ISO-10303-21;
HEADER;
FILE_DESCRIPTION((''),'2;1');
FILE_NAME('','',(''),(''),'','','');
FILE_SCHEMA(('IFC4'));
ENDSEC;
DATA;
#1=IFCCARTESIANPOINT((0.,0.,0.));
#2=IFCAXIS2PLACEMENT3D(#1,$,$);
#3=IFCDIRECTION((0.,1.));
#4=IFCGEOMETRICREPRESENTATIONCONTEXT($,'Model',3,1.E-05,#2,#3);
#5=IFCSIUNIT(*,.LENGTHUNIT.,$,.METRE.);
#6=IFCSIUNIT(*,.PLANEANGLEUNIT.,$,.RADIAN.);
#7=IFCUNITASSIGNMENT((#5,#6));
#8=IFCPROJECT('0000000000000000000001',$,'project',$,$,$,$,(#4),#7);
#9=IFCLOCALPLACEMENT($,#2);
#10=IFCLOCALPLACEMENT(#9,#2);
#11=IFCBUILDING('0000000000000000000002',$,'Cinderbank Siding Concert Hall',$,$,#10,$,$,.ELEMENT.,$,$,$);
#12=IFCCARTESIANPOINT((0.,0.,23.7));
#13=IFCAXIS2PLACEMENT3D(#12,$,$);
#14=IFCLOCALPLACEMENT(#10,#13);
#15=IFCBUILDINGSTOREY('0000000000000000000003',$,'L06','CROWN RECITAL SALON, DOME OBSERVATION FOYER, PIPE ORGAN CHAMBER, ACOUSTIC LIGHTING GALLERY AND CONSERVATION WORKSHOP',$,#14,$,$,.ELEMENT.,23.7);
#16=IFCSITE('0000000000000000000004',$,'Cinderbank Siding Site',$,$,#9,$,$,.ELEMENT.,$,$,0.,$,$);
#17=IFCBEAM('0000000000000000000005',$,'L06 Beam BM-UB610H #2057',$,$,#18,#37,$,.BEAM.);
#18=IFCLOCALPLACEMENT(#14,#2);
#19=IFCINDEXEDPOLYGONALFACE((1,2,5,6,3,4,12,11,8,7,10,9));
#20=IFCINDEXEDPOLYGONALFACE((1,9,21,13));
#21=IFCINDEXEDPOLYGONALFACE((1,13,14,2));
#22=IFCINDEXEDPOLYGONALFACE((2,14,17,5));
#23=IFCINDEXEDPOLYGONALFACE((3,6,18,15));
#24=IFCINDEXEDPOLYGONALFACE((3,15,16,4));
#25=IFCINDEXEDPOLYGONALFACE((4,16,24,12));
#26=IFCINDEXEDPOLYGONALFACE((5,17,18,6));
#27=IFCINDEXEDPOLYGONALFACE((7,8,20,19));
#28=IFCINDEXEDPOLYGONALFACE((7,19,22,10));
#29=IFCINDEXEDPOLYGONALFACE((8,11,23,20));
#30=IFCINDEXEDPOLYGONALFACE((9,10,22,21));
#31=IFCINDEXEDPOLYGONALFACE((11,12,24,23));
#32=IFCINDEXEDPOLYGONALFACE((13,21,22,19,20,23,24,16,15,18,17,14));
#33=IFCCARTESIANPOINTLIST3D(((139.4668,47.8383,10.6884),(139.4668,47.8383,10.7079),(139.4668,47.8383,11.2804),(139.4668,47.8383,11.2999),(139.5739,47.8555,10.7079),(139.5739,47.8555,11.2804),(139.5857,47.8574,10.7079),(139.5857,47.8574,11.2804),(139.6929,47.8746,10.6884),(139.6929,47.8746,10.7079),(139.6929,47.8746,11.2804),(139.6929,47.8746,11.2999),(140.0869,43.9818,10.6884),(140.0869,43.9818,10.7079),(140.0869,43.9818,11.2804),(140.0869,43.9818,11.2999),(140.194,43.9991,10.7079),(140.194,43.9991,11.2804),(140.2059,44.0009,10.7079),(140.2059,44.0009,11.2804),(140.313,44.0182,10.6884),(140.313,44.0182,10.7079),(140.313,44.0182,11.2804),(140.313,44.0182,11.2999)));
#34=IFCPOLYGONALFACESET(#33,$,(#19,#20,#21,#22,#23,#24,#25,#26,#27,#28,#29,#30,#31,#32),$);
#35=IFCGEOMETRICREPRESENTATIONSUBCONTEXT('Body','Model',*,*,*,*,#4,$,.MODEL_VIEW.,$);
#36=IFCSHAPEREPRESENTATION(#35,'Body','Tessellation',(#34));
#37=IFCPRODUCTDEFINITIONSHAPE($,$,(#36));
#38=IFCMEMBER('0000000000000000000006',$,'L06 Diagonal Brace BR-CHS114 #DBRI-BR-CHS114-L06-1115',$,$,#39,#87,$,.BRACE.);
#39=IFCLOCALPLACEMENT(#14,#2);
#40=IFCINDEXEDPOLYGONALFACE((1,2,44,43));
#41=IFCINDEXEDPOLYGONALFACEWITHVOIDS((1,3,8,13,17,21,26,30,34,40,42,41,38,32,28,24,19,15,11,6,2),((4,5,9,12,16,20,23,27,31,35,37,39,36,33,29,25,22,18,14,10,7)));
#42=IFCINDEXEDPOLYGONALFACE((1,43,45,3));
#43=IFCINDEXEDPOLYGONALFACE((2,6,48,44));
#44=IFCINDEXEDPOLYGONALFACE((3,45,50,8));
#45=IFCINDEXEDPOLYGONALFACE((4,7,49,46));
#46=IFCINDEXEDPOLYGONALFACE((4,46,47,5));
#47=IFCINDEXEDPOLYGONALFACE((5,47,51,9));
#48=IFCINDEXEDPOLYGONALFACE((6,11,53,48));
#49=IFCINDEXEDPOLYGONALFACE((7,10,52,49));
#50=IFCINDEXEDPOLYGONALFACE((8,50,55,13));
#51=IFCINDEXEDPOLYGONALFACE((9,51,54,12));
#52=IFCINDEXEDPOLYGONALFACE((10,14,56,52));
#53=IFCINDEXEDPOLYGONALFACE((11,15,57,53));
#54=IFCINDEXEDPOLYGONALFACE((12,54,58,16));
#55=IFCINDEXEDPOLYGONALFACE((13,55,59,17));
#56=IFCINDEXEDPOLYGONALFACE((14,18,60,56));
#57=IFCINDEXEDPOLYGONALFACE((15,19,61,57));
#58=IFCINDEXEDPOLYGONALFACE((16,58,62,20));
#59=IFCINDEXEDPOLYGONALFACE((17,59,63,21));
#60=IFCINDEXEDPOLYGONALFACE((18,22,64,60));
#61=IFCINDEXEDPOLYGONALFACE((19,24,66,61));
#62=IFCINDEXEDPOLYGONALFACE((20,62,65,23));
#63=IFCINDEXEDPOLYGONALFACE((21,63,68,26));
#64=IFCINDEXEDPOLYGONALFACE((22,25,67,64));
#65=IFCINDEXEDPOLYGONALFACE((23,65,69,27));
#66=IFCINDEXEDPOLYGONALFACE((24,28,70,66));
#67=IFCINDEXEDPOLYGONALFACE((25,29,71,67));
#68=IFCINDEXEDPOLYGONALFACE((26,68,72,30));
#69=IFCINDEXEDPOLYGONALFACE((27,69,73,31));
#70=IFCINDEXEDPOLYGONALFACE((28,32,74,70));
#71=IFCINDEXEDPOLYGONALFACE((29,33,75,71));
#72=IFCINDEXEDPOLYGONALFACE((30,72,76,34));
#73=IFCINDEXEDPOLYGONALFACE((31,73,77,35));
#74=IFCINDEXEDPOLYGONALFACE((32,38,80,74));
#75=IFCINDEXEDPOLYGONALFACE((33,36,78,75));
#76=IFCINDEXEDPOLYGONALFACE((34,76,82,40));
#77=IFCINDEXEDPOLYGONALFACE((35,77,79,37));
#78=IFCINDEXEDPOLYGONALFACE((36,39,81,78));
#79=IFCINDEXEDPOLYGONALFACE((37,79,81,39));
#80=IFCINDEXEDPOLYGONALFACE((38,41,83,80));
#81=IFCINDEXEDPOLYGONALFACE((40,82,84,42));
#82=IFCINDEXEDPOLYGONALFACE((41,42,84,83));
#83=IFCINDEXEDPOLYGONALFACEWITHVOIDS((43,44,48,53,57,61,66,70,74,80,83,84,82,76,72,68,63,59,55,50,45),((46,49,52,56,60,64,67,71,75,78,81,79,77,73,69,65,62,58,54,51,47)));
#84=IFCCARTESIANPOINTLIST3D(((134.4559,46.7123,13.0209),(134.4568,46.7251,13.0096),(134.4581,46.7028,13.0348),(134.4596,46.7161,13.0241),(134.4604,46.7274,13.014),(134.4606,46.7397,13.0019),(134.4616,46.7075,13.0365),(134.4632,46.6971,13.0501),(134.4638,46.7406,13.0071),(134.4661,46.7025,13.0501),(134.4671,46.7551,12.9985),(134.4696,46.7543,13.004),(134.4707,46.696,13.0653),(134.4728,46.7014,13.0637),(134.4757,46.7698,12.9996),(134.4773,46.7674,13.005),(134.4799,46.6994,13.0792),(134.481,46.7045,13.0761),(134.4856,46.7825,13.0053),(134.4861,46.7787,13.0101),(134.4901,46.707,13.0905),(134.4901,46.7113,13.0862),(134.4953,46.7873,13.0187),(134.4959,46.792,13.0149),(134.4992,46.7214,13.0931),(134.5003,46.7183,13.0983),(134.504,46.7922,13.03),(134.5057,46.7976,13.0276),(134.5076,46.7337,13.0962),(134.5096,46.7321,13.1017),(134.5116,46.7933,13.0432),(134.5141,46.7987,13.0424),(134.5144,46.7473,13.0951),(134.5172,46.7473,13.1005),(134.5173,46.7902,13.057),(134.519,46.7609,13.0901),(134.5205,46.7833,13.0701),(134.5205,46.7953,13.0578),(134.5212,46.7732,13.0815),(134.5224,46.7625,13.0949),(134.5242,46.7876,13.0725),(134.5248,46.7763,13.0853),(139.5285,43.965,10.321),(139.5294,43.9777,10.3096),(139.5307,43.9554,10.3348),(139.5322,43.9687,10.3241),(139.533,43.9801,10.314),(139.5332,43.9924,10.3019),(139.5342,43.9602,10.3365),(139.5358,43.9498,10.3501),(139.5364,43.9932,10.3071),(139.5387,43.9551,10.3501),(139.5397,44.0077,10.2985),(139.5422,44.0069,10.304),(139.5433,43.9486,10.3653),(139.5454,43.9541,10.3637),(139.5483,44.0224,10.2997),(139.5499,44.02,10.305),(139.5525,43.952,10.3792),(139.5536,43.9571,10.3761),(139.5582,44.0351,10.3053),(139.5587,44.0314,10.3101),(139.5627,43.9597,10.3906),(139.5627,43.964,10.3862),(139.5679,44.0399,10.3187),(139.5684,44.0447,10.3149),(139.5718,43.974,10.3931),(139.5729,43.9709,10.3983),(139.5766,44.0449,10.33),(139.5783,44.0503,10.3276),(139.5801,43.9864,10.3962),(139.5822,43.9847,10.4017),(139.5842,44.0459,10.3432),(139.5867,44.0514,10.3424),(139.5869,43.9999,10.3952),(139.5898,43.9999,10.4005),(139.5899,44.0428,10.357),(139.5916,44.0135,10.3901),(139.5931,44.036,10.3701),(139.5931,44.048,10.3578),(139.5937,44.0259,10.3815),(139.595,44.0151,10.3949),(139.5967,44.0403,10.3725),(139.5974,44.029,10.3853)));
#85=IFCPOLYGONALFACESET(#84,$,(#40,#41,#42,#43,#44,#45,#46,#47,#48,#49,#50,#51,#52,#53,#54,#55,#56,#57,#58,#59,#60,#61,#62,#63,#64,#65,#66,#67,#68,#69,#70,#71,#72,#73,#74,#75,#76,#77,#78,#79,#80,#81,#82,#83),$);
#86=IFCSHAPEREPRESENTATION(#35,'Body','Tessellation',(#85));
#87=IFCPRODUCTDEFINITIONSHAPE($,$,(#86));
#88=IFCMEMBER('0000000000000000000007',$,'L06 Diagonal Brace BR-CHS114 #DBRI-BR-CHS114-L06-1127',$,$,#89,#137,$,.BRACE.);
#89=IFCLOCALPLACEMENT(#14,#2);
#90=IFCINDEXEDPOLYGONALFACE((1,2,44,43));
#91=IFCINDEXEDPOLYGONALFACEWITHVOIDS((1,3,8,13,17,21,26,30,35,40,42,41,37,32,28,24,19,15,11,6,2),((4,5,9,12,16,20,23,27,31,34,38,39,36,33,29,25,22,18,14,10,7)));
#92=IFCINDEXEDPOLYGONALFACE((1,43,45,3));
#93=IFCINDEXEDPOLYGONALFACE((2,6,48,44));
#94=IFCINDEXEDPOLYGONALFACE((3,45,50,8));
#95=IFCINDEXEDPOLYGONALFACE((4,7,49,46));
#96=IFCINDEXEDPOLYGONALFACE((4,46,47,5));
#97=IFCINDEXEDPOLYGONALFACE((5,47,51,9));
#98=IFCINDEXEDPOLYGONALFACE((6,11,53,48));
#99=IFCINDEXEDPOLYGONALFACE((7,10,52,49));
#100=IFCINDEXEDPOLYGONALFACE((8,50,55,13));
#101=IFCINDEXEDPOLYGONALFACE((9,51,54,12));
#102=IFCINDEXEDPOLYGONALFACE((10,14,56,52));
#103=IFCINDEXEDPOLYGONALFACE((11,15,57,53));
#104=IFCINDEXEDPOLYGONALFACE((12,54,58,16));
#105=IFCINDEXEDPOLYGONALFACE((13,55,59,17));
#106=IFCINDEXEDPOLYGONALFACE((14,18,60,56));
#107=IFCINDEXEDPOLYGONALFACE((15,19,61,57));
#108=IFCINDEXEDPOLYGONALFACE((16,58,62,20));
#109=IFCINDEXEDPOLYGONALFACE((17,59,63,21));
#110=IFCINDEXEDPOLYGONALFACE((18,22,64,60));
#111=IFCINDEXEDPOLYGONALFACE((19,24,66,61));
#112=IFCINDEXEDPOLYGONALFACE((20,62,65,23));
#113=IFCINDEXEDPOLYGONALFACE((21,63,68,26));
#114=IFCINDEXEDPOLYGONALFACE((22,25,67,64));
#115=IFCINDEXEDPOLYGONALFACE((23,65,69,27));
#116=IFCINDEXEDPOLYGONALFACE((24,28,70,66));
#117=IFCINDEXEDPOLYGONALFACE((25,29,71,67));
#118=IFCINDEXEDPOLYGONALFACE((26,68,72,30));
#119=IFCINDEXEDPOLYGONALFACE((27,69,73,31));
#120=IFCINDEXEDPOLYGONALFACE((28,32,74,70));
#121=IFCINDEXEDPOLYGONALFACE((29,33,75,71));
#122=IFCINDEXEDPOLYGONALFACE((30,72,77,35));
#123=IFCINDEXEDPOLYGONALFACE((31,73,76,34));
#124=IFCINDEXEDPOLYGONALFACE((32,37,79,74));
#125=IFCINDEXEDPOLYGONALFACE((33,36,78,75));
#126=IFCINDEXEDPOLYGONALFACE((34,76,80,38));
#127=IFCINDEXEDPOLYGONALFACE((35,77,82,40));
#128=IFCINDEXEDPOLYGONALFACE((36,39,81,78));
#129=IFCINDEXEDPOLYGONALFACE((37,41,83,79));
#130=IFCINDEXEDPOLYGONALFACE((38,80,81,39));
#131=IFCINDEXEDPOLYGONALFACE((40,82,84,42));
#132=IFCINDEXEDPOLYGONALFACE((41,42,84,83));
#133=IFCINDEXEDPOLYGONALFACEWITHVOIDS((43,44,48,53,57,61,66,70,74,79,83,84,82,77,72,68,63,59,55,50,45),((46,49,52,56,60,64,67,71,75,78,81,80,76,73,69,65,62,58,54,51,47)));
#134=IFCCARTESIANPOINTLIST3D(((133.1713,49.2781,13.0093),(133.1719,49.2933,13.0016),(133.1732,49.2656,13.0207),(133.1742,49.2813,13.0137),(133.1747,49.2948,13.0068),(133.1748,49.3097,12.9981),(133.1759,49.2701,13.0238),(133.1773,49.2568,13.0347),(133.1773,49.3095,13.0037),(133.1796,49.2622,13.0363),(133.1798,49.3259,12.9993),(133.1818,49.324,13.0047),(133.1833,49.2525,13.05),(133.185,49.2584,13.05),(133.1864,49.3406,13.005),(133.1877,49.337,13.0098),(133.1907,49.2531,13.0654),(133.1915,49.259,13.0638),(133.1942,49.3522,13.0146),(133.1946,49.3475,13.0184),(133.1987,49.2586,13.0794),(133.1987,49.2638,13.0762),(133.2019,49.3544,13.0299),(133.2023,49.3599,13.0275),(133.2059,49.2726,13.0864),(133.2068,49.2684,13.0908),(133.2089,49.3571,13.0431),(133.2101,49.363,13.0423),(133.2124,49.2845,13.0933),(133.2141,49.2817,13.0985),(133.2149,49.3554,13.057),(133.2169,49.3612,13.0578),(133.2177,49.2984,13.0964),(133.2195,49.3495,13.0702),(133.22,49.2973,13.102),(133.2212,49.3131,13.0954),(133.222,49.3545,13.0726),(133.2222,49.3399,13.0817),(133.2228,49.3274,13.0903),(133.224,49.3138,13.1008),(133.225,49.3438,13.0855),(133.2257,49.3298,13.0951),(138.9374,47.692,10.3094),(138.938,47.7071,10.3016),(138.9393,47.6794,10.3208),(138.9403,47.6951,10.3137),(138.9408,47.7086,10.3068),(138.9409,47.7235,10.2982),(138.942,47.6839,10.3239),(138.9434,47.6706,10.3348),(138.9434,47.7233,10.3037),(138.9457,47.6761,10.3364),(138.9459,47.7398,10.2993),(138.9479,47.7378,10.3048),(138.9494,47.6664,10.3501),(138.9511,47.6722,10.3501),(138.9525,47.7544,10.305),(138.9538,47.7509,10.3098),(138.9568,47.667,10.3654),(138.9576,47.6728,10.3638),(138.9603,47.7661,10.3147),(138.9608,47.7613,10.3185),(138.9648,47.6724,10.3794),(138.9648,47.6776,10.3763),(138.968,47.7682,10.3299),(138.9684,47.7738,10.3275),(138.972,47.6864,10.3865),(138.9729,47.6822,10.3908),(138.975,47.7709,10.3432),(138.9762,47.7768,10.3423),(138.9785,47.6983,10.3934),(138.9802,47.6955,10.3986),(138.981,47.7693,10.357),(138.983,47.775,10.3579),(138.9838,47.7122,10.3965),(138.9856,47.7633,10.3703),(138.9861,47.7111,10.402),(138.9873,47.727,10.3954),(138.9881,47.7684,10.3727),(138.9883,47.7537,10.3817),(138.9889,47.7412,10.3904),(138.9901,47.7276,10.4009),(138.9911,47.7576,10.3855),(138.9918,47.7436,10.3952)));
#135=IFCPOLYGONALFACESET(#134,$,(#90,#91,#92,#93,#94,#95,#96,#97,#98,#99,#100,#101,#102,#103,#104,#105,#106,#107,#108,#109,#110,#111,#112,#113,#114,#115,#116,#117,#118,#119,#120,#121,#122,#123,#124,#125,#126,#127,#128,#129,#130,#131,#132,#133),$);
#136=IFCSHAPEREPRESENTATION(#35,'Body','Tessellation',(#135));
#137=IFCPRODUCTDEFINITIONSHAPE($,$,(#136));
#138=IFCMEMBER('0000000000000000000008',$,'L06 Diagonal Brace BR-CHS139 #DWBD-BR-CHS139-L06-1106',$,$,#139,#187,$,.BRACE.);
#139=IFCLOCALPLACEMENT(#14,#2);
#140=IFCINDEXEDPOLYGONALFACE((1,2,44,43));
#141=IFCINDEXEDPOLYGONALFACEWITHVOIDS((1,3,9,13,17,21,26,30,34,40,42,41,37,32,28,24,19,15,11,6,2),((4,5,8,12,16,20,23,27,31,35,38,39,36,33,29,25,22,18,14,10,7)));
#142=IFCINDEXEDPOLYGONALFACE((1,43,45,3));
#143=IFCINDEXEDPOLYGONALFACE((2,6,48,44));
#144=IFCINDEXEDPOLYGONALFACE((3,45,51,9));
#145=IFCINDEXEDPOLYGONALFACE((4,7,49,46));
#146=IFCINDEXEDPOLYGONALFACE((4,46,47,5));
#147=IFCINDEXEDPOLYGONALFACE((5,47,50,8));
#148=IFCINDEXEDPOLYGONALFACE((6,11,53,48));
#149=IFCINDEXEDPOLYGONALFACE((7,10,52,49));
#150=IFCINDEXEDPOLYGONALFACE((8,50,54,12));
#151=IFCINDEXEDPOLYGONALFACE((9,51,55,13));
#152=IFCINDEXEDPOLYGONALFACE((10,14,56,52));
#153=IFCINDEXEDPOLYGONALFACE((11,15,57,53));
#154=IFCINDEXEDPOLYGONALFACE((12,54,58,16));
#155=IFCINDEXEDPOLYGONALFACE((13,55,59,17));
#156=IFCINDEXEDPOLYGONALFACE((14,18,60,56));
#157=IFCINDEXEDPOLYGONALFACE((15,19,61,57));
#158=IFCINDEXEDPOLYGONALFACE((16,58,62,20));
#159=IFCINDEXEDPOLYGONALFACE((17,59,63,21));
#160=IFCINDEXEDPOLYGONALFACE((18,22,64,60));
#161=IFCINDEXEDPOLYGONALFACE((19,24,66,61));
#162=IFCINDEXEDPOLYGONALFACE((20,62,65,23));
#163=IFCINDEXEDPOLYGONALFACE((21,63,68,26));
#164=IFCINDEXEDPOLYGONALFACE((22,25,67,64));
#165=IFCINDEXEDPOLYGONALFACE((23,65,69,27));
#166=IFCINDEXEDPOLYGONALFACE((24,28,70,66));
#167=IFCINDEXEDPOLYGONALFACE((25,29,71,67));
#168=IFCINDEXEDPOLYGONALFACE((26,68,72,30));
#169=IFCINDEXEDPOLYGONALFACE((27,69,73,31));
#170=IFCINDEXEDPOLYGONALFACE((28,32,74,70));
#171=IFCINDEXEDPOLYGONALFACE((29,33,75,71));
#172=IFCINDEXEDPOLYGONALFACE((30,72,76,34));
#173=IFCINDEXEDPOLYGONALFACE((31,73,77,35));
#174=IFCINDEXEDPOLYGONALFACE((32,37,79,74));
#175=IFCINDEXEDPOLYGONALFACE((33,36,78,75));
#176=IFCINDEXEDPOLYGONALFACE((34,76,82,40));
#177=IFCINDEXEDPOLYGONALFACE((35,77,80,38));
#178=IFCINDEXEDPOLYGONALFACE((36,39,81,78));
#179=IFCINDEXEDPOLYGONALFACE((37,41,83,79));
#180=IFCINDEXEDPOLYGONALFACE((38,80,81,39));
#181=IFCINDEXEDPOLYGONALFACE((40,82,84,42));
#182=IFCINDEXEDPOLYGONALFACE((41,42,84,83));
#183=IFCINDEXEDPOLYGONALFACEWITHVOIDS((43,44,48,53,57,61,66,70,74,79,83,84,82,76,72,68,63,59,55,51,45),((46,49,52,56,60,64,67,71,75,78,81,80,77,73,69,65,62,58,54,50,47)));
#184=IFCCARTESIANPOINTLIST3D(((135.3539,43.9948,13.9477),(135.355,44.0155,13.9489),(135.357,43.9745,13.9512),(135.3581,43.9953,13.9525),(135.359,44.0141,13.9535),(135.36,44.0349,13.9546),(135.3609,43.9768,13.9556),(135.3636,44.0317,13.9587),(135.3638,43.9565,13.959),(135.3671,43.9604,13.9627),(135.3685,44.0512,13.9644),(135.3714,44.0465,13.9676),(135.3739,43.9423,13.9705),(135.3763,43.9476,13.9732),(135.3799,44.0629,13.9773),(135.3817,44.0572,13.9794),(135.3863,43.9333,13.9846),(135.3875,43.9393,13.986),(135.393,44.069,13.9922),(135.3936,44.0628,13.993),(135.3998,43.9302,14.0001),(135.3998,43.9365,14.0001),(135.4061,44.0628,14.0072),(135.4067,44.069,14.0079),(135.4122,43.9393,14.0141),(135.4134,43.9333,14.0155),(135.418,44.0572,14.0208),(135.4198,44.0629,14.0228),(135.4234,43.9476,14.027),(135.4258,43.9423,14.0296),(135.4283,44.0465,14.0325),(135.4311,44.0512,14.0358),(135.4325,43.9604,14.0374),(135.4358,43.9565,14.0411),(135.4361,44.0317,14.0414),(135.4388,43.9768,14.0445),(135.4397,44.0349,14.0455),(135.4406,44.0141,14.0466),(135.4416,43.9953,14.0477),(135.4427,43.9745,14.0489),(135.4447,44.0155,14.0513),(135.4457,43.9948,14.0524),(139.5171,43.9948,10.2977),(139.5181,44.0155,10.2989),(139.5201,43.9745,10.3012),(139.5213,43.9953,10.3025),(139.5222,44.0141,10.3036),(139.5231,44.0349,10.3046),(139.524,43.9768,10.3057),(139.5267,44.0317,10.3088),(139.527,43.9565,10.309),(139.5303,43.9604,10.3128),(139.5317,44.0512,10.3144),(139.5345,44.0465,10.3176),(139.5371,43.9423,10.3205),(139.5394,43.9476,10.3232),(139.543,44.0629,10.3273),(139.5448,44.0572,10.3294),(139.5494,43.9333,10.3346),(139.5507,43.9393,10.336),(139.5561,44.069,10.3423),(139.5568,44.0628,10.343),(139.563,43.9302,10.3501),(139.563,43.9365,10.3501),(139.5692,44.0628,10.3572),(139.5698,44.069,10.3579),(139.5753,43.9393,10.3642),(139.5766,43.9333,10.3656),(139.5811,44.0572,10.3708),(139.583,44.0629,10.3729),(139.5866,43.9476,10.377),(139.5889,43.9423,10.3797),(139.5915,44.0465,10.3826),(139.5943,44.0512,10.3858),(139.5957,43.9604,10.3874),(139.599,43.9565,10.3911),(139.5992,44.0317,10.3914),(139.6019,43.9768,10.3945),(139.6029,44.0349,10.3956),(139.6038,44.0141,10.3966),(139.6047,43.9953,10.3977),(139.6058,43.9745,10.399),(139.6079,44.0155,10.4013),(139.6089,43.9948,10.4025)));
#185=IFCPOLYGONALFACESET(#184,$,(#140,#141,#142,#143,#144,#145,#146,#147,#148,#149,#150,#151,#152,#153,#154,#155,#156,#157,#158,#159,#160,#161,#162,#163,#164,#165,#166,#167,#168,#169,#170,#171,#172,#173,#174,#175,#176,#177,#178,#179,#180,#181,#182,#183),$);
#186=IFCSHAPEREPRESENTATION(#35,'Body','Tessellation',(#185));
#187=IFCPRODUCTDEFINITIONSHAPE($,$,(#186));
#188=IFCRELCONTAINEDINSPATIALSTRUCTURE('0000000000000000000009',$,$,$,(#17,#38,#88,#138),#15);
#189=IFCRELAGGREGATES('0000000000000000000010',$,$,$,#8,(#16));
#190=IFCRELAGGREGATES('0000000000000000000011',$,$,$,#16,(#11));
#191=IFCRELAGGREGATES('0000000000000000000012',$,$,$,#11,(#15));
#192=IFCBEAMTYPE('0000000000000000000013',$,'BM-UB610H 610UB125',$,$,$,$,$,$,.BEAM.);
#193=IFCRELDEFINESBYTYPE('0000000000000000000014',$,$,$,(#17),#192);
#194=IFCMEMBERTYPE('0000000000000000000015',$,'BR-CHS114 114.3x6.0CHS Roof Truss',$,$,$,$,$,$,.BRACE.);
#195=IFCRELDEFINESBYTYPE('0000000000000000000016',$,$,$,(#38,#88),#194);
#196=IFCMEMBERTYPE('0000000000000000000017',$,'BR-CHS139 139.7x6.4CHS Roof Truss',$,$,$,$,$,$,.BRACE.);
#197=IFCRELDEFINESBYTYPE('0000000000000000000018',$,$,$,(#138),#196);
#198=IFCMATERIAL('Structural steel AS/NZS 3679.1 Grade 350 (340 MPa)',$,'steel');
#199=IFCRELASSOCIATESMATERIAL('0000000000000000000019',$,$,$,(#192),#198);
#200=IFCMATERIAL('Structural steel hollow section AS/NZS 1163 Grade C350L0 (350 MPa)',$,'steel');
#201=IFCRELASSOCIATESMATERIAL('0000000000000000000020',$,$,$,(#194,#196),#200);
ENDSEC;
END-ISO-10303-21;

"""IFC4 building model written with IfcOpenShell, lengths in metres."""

from ifc_helpers import new_model, si_unit, direction, frame, origin, origin_2d, place, context, subcontext, project, spatial, hollow_circle, i_section, extrude, material, material_profile, profile_set, type_object, element, save


model = new_model("IFC4")

# Units and contexts
model_context = context("Model", 3, precision=1e-05, world=origin(), true_north=direction((0.0, 1.0)))
body_context = subcontext(model_context, "Body", "Model", "MODEL_VIEW")
ifc_project = project(units=[si_unit("LENGTHUNIT", "METRE"), si_unit("PLANEANGLEUNIT", "RADIAN")], contexts=[model_context])

# Site, building, storey
site_placement = place(None, origin())
site = spatial("IfcSite", under=ifc_project, at=site_placement, Name="Cinderbank Siding Site", CompositionType="ELEMENT", RefElevation=0.0)
building_placement = place(site_placement, origin())
building = spatial("IfcBuilding", under=site, at=building_placement, Name="Cinderbank Siding Concert Hall", CompositionType="ELEMENT")
storey_placement = place(building_placement, frame((0.0, 0.0, 23.7)))
storey = spatial("IfcBuildingStorey", under=building, at=storey_placement, Name="L06", Description="CROWN RECITAL SALON, DOME OBSERVATION FOYER, PIPE ORGAN CHAMBER, ACOUSTIC LIGHTING GALLERY AND CONSERVATION WORKSHOP", CompositionType="ELEMENT", Elevation=23.7)

# Beam
ifc_material_1 = material(Name="Structural steel AS/NZS 3679.1 Grade 350 (340 MPa)", Category="steel")
ifc_material_profile_1 = material_profile(ifc_material_1, i_section(OverallWidth=0.229, OverallDepth=0.6116, WebThickness=0.012, FlangeThickness=0.0195, at=origin_2d()), Name="610UB125", Category="LoadBearing")
ifc_profile_set_1 = profile_set([ifc_material_profile_1], Name="Structural steel AS/NZS 3679.1 Grade 350 (340 MPa)")
beam_type = type_object("IfcBeamType", Name="BM-UB610H 610UB125", PredefinedType="BEAM", material=ifc_profile_set_1)
beam_placement = place(storey_placement, frame((140.2, 44.0, 10.9941), z_axis=(-0.158761, 0.987317, 0.0), x_axis=(-0.987317, -0.158761, 0.0)))
element("IfcBeam", 1, at=beam_placement, inside=storey, type_object=beam_type, Name="L06 Beam BM-UB610H #2057", PredefinedType="BEAM", context=body_context, shape_type="SweptSolid", body=[
    extrude(i_section(OverallWidth=0.229, OverallDepth=0.6116, WebThickness=0.012, FlangeThickness=0.0195, at=origin_2d()), origin(), (0.0, 0.0, 1.0), 3.906),
])

# Members
ifc_material_2 = material(Name="Structural steel hollow section AS/NZS 1163 Grade C350L0 (350 MPa)", Category="steel")
ifc_material_profile_2 = material_profile(ifc_material_2, hollow_circle(Radius=0.0571, WallThickness=0.0061, at=origin_2d()), Name="114.3x6.0CHS", Category="LoadBearing")
ifc_profile_set_2 = profile_set([ifc_material_profile_2], Name="Structural steel hollow section AS/NZS 1163 Grade C350L0 (350 MPa)")
member_type_1 = type_object("IfcMemberType", Name="BR-CHS114 114.3x6.0CHS Roof Truss", PredefinedType="BRACE", material=ifc_profile_set_2)
member_1_placement = place(storey_placement, frame((139.563, 44.0, 10.3501), z_axis=(-0.796401, 0.431338, 0.423902), x_axis=(-0.476244, -0.879313, 0.0)))
element("IfcMember", 2, at=member_1_placement, inside=storey, type_object=member_type_1, Name="L06 Diagonal Brace BR-CHS114 #DBRI-BR-CHS114-L06-1115", PredefinedType="BRACE", context=body_context, shape_type="SweptSolid", body=[
    extrude(hollow_circle(Radius=0.0571, WallThickness=0.0061, at=origin_2d()), origin(), (0.0, 0.0, 1.0), 6.3694),
])
member_2_placement = place(storey_placement, frame((138.9646, 47.7214, 10.3501), z_axis=(-0.878775, 0.241739, 0.411481), x_axis=(-0.265234, -0.964184, 0.0)))
element("IfcMember", 3, at=member_2_placement, inside=storey, type_object=member_type_1, Name="L06 Diagonal Brace BR-CHS114 #DBRI-BR-CHS114-L06-1127", PredefinedType="BRACE", context=body_context, shape_type="SweptSolid", body=[
    extrude(hollow_circle(Radius=0.0571, WallThickness=0.0061, at=origin_2d()), origin(), (0.0, 0.0, 1.0), 6.5615),
])
ifc_material_profile_3 = material_profile(ifc_material_2, hollow_circle(Radius=0.0698, WallThickness=0.0063, at=origin_2d()), Name="139.7x6.4CHS", Category="LoadBearing")
ifc_profile_set_3 = profile_set([ifc_material_profile_3], Name="Structural steel hollow section AS/NZS 1163 Grade C350L0 (350 MPa)")
member_type_2 = type_object("IfcMemberType", Name="BR-CHS139 139.7x6.4CHS Roof Truss", PredefinedType="BRACE", material=ifc_profile_set_3)
member_3_placement = place(storey_placement, frame((139.563, 44.0, 10.3501), z_axis=(-0.751932, 0.0, 0.659241), x_axis=(0.0, -1.0, 0.0)))
element("IfcMember", 4, at=member_3_placement, inside=storey, type_object=member_type_2, Name="L06 Diagonal Brace BR-CHS139 #DWBD-BR-CHS139-L06-1106", PredefinedType="BRACE", context=body_context, shape_type="SweptSolid", body=[
    extrude(hollow_circle(Radius=0.0698, WallThickness=0.0063, at=origin_2d()), origin(), (0.0, 0.0, 1.0), 5.5366),
])

save(model, "model.ifc")
